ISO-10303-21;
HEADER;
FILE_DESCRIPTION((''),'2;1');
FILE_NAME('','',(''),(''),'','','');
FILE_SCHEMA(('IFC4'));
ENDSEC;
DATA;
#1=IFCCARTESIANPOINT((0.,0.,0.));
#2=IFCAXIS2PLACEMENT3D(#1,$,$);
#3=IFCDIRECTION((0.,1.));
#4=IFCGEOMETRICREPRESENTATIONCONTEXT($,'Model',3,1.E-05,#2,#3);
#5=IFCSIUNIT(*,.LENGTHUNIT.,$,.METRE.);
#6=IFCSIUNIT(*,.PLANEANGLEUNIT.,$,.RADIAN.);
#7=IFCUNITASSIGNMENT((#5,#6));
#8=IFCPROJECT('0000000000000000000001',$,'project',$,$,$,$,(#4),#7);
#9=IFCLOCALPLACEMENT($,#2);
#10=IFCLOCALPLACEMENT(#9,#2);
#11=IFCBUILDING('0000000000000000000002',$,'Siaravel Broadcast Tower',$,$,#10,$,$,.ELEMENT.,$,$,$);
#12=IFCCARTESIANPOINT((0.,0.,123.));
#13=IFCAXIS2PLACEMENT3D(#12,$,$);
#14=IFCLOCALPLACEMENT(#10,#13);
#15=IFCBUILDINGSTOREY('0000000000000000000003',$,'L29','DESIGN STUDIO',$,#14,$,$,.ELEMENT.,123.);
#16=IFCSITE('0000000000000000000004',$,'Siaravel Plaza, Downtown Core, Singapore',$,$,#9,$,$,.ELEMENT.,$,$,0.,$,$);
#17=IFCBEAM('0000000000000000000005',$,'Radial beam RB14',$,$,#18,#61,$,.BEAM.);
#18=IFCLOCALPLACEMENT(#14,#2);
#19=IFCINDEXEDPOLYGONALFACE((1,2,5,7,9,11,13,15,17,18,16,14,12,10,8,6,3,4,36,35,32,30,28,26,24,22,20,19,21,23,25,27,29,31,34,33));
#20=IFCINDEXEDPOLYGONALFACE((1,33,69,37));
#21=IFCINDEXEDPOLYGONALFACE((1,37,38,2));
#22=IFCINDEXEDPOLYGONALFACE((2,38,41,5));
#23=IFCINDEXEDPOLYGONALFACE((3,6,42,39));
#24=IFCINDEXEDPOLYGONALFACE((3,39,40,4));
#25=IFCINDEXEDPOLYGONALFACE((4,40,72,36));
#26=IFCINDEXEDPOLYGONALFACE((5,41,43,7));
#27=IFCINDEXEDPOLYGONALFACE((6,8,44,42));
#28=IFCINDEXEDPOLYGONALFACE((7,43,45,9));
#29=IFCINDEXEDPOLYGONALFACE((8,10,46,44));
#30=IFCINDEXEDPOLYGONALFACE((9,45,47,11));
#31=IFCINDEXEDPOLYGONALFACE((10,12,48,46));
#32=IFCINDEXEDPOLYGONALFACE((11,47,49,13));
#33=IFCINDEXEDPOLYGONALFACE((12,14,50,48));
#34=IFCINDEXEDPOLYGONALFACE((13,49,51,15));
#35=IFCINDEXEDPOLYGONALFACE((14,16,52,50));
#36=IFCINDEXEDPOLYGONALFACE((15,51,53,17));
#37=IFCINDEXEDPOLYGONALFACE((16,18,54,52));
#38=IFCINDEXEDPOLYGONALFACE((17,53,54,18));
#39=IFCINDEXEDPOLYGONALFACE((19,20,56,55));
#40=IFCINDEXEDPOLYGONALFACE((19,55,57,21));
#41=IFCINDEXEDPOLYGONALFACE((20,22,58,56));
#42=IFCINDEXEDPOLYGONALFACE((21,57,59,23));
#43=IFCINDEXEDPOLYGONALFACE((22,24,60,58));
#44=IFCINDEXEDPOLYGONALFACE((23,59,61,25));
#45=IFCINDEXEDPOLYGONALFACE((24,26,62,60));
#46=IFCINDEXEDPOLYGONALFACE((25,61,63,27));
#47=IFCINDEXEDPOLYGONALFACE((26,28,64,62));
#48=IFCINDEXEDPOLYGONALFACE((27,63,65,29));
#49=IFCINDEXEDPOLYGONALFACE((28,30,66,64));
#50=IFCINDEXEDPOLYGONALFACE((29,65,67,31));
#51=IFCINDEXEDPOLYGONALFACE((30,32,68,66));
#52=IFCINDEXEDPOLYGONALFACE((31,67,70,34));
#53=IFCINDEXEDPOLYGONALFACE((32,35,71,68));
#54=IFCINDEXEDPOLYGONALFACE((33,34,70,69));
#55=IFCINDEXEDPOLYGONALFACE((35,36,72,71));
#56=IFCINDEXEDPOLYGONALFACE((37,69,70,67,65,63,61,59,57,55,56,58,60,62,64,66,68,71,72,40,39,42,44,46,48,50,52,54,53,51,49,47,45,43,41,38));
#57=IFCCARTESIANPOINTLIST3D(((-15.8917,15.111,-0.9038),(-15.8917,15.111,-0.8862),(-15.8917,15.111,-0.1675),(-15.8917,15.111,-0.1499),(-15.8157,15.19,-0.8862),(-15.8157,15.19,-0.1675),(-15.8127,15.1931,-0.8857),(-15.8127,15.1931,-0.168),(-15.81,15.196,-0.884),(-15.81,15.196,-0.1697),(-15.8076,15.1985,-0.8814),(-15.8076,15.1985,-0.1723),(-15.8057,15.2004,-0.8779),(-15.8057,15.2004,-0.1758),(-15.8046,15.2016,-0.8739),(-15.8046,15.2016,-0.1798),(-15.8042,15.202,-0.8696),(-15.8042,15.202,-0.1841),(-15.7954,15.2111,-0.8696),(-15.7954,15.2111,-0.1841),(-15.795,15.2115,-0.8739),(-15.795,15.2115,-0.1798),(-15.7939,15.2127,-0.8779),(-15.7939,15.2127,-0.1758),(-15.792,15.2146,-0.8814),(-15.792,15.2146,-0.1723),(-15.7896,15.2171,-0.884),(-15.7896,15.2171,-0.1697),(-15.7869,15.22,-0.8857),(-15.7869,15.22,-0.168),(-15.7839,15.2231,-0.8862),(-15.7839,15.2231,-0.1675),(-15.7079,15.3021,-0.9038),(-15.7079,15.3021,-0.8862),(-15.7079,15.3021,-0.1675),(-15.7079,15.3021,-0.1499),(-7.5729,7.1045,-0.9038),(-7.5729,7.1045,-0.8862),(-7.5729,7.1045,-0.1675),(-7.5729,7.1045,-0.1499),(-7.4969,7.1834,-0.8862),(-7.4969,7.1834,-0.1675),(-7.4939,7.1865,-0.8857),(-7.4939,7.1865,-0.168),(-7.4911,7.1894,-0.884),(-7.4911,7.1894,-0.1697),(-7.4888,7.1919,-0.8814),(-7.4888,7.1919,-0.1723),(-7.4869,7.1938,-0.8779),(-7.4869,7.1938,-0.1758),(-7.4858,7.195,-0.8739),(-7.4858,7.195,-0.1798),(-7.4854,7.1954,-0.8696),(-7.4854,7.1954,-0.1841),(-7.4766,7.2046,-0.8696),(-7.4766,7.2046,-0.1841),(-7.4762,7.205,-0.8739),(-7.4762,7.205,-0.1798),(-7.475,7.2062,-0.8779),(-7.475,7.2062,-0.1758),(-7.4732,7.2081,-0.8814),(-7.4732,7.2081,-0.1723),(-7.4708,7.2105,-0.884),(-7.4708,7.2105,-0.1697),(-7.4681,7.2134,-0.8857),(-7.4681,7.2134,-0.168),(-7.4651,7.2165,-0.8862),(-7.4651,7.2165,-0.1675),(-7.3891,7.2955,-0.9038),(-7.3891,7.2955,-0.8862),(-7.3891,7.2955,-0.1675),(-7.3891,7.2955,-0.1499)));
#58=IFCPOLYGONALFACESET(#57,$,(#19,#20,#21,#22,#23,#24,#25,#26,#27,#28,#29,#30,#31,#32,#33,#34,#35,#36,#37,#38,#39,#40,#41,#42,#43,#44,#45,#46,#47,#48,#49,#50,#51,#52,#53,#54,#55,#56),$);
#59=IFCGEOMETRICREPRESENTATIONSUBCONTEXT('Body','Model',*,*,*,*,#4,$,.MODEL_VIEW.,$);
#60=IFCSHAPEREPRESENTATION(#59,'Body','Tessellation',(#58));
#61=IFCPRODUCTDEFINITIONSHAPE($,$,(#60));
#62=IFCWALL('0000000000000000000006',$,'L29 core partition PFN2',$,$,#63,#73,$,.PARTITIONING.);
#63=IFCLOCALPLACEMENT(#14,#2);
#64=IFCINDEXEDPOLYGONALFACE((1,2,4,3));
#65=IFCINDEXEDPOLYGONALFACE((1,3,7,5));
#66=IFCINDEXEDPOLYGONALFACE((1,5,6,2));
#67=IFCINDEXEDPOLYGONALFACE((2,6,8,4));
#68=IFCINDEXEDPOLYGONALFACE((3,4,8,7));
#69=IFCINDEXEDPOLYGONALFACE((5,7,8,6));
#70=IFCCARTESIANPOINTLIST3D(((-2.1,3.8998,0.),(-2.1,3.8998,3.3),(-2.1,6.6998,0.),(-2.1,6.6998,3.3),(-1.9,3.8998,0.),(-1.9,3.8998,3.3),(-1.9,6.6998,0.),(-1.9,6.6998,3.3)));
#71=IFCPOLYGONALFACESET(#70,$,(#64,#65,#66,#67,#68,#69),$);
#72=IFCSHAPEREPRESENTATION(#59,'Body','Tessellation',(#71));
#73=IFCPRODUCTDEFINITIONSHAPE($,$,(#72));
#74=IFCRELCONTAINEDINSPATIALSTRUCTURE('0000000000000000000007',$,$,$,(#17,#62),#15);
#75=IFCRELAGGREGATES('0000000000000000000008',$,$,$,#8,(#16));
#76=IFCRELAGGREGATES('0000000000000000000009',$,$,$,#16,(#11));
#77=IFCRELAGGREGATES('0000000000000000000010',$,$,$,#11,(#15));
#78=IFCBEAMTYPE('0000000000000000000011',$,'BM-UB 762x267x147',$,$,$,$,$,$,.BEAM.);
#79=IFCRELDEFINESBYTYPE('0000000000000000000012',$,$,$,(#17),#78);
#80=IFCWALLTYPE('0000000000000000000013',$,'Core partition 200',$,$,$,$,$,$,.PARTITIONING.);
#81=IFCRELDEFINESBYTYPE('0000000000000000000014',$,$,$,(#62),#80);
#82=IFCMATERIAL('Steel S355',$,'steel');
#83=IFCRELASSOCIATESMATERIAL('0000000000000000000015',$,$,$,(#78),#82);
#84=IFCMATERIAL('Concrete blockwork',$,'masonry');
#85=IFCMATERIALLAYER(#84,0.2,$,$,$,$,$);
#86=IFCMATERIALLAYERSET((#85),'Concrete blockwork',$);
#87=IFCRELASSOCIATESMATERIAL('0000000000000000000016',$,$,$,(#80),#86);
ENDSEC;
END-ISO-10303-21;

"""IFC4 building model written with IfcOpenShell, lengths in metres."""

from ifc_helpers import new_model, si_unit, direction, frame, frame_2d, origin, origin_2d, place, context, subcontext, project, spatial, rectangle, i_section, extrude, material, layer, layer_set, material_profile, profile_set, type_object, element, save


model = new_model("IFC4")

# Units and contexts
model_context = context("Model", 3, precision=1e-05, world=origin(), true_north=direction((0.0, 1.0)))
body_context = subcontext(model_context, "Body", "Model", "MODEL_VIEW")
ifc_project = project(units=[si_unit("LENGTHUNIT", "METRE"), si_unit("PLANEANGLEUNIT", "RADIAN")], contexts=[model_context])

# Site, building, storey
site_placement = place(None, origin())
site = spatial("IfcSite", under=ifc_project, at=site_placement, Name="Siaravel Plaza, Downtown Core, Singapore", CompositionType="ELEMENT", RefElevation=0.0)
building_placement = place(site_placement, origin())
building = spatial("IfcBuilding", under=site, at=building_placement, Name="Siaravel Broadcast Tower", CompositionType="ELEMENT")
storey_placement = place(building_placement, frame((0.0, 0.0, 123.0)))
storey = spatial("IfcBuildingStorey", under=building, at=storey_placement, Name="L29", Description="DESIGN STUDIO", CompositionType="ELEMENT", Elevation=123.0)

# Beam
ifc_material_1 = material(Name="Steel S355", Category="steel")
ifc_material_profile = material_profile(ifc_material_1, i_section(OverallWidth=0.2651, OverallDepth=0.7539, WebThickness=0.0127, FlangeThickness=0.0176, FilletRadius=0.0166, at=origin_2d()))
ifc_profile_set = profile_set([ifc_material_profile], Name="Steel S355")
beam_type = type_object("IfcBeamType", Name="BM-UB 762x267x147", PredefinedType="BEAM", material=ifc_profile_set)
beam_placement = place(storey_placement, frame((-15.7998, 15.2065, -0.5269), z_axis=(0.7205, -0.693455, 0.0), x_axis=(0.693455, 0.7205, 0.0)))
element("IfcBeam", 1, at=beam_placement, inside=storey, type_object=beam_type, Name="Radial beam RB14", PredefinedType="BEAM", context=body_context, shape_type="SweptSolid", body=[
    extrude(i_section(OverallWidth=0.2651, OverallDepth=0.7539, WebThickness=0.0127, FlangeThickness=0.0176, FilletRadius=0.0166, at=origin_2d()), origin(), (0.0, 0.0, 1.0), 11.5459),
])

# Wall
ifc_material_2 = material(Name="Concrete blockwork", Category="masonry")
ifc_layer_1 = layer(ifc_material_2, 0.2)
ifc_layer_set_1 = layer_set([ifc_layer_1], Name="Concrete blockwork")
wall_type_1 = type_object("IfcWallType", Name="Core partition 200", PredefinedType="PARTITIONING", material=ifc_layer_set_1)
wall_1_placement = place(storey_placement, frame((-2.0, 3.8999, 0.0), z_axis=(0.0, 0.0, 1.0), x_axis=(0.0, 1.0, 0.0)))
element("IfcWall", 2, at=wall_1_placement, inside=storey, type_object=wall_type_1, Name="L29 core partition PFN2", PredefinedType="PARTITIONING", context=body_context, shape_type="SweptSolid", body=[
    extrude(rectangle(XDim=2.8, YDim=0.2, at=frame_2d((1.3999, 0.0))), origin(), (0.0, 0.0, 1.0), 3.3),
])

save(model, "model.ifc")
